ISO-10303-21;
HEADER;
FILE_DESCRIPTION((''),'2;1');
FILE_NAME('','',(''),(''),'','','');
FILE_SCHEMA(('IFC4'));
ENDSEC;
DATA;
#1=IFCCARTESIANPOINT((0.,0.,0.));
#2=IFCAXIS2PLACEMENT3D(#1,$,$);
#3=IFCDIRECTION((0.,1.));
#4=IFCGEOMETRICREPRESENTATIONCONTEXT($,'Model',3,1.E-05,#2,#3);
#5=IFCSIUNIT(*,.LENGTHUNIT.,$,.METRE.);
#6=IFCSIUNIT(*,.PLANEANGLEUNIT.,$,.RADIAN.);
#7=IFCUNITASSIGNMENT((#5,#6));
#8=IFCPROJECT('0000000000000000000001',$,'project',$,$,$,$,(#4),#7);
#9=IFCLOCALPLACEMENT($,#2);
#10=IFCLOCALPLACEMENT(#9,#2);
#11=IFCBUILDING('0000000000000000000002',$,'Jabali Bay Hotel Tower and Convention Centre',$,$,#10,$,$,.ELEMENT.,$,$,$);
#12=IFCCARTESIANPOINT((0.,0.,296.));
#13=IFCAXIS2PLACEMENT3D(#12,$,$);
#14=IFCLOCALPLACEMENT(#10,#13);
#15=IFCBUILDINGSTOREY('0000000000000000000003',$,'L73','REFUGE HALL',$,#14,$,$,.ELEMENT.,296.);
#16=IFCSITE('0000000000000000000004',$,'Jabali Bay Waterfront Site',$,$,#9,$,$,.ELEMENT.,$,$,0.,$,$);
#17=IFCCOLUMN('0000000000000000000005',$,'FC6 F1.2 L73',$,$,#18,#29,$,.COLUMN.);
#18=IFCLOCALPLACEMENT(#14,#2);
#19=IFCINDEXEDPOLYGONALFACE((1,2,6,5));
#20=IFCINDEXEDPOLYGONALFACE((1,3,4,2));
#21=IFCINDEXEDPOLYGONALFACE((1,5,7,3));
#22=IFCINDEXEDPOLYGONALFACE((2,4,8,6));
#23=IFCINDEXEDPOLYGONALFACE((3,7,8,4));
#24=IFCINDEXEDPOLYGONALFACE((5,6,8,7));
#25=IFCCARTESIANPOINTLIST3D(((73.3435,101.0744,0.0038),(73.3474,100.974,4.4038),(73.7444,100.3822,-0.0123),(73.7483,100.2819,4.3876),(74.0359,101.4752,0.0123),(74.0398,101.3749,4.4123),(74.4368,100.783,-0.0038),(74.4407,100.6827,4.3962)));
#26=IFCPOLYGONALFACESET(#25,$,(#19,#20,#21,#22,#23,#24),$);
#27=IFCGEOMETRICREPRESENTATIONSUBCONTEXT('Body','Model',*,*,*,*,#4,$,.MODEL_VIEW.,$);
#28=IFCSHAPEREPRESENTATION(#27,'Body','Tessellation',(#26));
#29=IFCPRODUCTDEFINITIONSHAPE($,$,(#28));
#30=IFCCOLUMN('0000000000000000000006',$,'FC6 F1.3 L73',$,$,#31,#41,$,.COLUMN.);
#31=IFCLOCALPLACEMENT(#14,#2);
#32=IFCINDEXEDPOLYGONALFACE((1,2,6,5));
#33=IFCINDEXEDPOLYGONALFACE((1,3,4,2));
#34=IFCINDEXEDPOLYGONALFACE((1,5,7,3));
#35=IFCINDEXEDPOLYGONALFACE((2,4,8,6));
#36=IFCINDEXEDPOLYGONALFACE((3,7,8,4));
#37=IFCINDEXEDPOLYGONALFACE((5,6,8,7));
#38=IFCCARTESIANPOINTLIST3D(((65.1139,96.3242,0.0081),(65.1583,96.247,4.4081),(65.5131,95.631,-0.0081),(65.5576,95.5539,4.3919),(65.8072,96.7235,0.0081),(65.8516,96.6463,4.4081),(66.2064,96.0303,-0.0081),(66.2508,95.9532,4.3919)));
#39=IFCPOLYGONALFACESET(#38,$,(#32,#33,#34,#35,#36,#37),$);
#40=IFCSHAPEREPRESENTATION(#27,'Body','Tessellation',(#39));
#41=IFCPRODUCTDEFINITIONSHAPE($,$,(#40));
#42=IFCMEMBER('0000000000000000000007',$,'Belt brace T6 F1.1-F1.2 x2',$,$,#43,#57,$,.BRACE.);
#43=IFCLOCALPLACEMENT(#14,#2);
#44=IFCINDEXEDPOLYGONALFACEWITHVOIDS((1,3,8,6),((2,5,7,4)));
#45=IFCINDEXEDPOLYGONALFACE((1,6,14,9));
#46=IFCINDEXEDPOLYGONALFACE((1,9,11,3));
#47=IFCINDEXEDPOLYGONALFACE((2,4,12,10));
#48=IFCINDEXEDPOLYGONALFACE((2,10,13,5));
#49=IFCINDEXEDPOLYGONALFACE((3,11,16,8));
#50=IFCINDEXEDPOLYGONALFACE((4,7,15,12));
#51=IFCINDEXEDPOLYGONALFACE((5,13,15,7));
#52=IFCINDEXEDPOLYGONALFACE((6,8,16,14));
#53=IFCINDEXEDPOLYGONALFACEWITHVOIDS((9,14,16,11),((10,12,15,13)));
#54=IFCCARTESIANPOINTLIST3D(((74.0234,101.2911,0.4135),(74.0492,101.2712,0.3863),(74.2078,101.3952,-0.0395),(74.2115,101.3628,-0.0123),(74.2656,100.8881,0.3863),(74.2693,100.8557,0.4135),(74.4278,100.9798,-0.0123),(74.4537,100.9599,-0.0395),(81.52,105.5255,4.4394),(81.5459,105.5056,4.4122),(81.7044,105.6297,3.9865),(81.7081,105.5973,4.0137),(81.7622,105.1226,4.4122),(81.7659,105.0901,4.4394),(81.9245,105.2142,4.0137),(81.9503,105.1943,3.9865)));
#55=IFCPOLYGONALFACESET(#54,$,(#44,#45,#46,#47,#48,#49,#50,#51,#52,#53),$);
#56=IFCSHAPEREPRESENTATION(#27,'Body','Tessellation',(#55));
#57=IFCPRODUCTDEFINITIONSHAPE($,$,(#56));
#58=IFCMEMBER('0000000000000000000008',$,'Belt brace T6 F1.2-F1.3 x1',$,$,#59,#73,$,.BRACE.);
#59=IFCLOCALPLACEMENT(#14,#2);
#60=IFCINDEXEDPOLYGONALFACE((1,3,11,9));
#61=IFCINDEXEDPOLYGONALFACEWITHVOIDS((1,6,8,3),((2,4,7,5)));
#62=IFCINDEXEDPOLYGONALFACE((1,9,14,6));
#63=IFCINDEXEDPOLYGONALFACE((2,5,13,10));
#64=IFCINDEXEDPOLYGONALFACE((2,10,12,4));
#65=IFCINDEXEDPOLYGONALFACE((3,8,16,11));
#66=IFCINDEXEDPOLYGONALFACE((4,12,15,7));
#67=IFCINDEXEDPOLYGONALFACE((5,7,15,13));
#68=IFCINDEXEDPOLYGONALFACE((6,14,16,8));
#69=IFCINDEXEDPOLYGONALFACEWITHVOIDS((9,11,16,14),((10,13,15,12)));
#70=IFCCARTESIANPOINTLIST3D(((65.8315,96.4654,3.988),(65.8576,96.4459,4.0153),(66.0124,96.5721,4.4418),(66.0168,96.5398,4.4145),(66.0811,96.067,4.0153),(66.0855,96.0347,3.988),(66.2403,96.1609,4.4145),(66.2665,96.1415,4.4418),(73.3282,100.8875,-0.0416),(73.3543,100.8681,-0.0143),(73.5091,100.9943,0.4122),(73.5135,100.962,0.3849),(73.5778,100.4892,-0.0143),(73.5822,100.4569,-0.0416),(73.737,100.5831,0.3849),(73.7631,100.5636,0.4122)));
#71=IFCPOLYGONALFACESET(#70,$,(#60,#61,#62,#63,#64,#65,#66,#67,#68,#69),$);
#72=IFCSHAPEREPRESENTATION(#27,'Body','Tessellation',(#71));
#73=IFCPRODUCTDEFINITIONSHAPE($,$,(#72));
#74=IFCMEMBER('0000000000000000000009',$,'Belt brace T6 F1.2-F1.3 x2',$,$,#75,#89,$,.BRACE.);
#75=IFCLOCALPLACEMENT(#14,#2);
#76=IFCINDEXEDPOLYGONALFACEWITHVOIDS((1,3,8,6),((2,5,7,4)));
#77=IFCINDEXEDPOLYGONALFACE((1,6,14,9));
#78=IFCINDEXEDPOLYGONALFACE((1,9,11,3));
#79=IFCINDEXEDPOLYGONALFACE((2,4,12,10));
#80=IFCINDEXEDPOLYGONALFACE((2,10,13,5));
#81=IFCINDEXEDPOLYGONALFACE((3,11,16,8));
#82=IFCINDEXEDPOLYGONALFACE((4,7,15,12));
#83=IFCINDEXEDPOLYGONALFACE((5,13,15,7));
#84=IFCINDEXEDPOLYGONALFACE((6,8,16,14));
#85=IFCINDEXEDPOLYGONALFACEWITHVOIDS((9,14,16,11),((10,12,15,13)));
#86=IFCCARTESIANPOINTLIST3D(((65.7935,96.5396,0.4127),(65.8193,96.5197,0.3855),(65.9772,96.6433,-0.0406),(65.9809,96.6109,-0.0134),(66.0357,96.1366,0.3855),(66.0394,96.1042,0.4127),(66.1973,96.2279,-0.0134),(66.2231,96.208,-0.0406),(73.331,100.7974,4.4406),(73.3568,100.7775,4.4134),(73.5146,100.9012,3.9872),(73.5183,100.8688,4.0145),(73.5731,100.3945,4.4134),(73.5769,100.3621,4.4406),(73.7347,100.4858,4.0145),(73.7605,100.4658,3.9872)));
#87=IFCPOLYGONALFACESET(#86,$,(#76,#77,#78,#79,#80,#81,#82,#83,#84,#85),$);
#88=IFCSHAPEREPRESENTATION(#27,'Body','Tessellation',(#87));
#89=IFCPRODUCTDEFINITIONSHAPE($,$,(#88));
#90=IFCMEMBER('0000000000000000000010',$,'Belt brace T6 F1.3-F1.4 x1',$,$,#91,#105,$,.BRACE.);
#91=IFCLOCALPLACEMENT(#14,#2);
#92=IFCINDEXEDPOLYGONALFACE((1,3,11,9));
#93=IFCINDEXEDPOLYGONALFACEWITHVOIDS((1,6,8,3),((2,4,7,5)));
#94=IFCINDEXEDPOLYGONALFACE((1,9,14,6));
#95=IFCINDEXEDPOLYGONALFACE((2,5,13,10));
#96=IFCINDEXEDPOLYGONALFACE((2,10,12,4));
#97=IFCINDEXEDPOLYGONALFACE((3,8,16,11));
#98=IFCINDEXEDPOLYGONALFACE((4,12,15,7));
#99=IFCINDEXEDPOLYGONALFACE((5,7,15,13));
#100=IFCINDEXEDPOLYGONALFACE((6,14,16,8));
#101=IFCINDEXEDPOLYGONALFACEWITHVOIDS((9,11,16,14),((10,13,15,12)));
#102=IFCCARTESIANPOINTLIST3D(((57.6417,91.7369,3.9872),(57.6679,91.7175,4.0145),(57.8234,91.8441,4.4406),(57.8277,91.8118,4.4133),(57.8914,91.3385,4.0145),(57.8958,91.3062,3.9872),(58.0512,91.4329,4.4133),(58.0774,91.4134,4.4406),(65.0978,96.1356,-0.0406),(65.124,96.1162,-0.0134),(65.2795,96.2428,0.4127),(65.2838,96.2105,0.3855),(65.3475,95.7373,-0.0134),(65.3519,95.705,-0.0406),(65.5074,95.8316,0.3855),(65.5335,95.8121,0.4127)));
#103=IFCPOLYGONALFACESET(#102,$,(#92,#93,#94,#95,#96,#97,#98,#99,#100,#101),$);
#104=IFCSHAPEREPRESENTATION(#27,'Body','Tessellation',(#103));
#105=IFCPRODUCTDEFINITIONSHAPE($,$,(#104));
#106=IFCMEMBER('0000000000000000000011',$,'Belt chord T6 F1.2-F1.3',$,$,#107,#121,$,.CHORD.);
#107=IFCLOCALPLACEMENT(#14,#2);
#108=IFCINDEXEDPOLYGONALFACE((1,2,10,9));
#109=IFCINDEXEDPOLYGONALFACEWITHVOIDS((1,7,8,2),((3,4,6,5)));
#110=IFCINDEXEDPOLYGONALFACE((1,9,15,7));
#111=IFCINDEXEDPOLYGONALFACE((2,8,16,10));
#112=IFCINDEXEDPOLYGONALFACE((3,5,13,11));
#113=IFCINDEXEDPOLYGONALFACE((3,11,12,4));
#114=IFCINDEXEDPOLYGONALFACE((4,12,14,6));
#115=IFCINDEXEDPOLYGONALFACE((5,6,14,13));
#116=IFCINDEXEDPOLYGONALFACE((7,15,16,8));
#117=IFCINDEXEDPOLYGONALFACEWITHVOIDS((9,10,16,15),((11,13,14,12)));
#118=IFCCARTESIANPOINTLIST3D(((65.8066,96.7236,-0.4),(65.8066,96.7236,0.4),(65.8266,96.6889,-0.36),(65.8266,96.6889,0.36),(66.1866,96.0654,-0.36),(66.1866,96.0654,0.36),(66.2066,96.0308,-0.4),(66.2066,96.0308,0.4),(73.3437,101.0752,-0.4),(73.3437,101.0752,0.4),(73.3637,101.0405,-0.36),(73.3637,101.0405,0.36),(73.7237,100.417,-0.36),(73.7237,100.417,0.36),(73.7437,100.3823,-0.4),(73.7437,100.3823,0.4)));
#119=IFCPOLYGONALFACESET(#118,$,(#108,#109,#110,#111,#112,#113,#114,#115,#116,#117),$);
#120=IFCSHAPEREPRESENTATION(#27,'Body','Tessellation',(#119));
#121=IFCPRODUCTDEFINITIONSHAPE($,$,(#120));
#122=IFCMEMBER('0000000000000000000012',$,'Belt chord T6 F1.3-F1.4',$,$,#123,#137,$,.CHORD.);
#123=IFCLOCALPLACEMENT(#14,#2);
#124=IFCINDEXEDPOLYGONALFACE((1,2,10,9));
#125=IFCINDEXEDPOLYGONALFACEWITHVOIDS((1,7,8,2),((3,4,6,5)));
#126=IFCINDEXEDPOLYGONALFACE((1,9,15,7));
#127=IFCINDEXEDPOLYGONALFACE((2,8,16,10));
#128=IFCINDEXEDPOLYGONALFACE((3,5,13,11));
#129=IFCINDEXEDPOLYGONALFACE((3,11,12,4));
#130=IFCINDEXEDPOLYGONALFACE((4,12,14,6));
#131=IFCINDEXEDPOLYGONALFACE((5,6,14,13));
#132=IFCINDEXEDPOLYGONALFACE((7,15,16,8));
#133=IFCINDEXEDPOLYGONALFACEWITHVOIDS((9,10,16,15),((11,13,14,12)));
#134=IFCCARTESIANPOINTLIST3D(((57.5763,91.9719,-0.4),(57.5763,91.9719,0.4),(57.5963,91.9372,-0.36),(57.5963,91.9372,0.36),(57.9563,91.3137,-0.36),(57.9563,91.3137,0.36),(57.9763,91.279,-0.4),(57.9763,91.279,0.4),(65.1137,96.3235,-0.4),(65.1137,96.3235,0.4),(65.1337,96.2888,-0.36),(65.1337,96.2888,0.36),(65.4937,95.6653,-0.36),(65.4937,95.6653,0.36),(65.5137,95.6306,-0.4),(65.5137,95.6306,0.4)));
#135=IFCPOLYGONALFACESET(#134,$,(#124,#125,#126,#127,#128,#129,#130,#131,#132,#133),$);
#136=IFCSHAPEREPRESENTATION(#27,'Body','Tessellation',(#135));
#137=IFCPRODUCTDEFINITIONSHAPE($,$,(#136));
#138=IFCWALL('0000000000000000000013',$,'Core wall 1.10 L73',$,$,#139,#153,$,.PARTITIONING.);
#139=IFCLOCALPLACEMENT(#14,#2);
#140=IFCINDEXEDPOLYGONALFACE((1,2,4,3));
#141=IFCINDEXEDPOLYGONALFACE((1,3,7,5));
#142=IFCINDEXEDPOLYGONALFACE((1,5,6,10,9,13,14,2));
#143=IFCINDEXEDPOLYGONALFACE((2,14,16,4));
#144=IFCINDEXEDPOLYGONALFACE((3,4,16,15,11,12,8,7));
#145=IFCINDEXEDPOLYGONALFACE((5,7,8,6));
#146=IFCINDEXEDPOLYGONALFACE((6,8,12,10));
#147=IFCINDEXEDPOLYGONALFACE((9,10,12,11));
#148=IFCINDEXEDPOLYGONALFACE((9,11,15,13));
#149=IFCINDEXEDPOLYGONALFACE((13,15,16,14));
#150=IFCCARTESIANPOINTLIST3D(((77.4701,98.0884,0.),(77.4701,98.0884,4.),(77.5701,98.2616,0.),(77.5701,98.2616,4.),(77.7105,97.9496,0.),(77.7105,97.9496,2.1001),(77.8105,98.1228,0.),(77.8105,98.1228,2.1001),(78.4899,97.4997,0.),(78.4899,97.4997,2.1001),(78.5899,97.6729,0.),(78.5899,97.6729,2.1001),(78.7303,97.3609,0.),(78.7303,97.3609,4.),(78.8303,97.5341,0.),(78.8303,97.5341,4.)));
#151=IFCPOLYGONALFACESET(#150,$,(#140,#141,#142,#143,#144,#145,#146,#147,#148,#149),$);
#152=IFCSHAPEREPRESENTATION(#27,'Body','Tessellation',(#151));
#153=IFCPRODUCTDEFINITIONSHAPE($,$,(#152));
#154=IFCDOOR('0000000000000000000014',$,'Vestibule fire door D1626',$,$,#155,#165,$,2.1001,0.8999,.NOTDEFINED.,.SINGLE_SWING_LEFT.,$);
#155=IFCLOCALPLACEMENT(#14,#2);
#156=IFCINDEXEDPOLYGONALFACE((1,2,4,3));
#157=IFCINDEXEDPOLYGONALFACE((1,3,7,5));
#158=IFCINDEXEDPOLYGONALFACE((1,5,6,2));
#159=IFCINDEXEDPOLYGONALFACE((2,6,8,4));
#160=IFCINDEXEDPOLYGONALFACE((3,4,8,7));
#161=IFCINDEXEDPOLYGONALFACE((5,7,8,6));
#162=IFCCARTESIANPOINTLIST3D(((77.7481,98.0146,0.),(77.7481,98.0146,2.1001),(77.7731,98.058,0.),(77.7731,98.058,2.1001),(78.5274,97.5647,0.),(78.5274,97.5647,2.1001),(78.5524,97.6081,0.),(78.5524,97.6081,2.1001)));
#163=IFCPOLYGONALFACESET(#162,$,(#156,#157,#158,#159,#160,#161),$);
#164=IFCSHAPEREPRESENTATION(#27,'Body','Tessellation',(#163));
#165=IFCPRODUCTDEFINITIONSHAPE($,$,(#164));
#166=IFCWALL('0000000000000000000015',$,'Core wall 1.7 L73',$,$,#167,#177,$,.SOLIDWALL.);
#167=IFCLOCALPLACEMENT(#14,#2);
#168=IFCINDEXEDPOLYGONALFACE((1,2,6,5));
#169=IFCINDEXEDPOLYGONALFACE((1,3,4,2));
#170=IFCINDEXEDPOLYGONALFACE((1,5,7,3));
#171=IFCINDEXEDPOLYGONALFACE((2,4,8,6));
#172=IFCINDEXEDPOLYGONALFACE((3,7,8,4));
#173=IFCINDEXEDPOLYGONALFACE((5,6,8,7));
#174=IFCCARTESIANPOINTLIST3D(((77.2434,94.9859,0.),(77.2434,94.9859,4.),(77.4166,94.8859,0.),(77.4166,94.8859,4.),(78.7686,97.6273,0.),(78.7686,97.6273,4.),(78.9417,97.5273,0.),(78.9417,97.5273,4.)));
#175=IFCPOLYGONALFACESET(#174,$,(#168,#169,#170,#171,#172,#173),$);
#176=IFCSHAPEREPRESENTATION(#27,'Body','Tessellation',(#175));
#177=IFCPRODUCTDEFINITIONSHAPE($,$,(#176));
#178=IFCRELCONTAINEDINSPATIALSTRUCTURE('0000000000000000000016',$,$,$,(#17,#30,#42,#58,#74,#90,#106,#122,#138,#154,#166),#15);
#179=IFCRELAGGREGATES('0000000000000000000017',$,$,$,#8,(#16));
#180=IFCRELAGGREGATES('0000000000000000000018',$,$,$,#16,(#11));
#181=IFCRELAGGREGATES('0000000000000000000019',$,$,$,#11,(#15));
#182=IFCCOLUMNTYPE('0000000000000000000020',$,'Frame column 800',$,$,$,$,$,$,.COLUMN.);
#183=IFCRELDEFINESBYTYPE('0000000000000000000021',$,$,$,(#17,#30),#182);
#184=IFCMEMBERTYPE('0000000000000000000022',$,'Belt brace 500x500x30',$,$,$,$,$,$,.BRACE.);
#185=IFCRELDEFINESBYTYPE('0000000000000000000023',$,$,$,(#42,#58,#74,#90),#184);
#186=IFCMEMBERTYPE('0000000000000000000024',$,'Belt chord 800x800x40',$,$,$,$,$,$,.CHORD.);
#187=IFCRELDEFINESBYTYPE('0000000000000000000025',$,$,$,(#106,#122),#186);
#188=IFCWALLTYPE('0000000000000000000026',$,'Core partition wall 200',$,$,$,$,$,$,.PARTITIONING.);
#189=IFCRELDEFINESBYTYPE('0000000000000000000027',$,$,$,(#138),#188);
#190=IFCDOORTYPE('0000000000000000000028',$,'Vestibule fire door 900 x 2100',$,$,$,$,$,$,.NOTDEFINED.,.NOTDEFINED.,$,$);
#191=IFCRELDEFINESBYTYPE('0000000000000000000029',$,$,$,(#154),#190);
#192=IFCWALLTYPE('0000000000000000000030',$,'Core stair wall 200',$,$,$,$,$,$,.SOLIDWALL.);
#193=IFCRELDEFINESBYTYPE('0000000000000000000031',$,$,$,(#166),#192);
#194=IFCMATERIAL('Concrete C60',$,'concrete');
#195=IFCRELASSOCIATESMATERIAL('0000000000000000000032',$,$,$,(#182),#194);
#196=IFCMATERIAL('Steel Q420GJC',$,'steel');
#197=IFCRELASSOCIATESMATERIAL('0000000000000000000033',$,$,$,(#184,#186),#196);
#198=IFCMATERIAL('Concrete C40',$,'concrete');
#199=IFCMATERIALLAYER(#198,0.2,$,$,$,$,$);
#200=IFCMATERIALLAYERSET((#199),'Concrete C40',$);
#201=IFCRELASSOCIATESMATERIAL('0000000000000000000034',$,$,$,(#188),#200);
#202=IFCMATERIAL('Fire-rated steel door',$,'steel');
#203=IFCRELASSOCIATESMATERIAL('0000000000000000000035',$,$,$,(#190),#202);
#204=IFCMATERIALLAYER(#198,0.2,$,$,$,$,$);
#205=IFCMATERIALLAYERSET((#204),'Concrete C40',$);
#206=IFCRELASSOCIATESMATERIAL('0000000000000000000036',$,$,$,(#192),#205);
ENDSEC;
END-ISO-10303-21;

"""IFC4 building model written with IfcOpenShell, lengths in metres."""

from ifc_helpers import new_model, si_unit, direction, frame, frame_2d, origin, origin_2d, place, context, subcontext, project, spatial, rectangle, hollow_rectangle, extrude, material, layer, layer_set, material_profile, profile_set, type_object, element, fill, save


model = new_model("IFC4")

# Units and contexts
model_context = context("Model", 3, precision=1e-05, world=origin(), true_north=direction((0.0, 1.0)))
body_context = subcontext(model_context, "Body", "Model", "MODEL_VIEW")
ifc_project = project(units=[si_unit("LENGTHUNIT", "METRE"), si_unit("PLANEANGLEUNIT", "RADIAN")], contexts=[model_context])

# Site, building, storey
site_placement = place(None, origin())
site = spatial("IfcSite", under=ifc_project, at=site_placement, Name="Jabali Bay Waterfront Site", CompositionType="ELEMENT", RefElevation=0.0)
building_placement = place(site_placement, origin())
building = spatial("IfcBuilding", under=site, at=building_placement, Name="Jabali Bay Hotel Tower and Convention Centre", CompositionType="ELEMENT")
storey_placement = place(building_placement, frame((0.0, 0.0, 296.0)))
storey = spatial("IfcBuildingStorey", under=building, at=storey_placement, Name="L73", Description="REFUGE HALL", CompositionType="ELEMENT", Elevation=296.0)

# Columns
ifc_material_1 = material(Name="Concrete C60", Category="concrete")
ifc_material_profile_1 = material_profile(ifc_material_1, rectangle(XDim=0.8, YDim=0.8, at=origin_2d()), Name="Frame column 800")
ifc_profile_set_1 = profile_set([ifc_material_profile_1], Name="Concrete C60")
column_type = type_object("IfcColumnType", Name="Frame column 800", PredefinedType="COLUMN", material=ifc_profile_set_1)
column_1_placement = place(storey_placement, frame((73.8901, 100.9287, 0.0), z_axis=(0.000888, -0.0228, 0.99974), x_axis=(0.865382, 0.501, 0.010657)))
element("IfcColumn", 1, at=column_1_placement, inside=storey, type_object=column_type, Name="FC6 F1.2 L73", PredefinedType="COLUMN", context=body_context, shape_type="SweptSolid", body=[
    extrude(rectangle(XDim=0.8, YDim=0.8, at=origin_2d()), origin(), (0.0, 0.0, 1.0), 4.4011),
])
column_2_placement = place(storey_placement, frame((65.6602, 96.1772, 0.0), z_axis=(0.010097, -0.017531, 0.999795), x_axis=(0.866545, 0.499099, 0.0)))
element("IfcColumn", 2, at=column_2_placement, inside=storey, type_object=column_type, Name="FC6 F1.3 L73", PredefinedType="COLUMN", context=body_context, shape_type="SweptSolid", body=[
    extrude(rectangle(XDim=0.8, YDim=0.8, at=origin_2d()), origin(), (0.0, 0.0, 1.0), 4.4009),
])

# Members
ifc_material_2 = material(Name="Steel Q420GJC", Category="steel")
ifc_material_profile_2 = material_profile(ifc_material_2, hollow_rectangle(XDim=0.5, YDim=0.5, WallThickness=0.03, at=origin_2d()), Name="Belt brace 500x500x30")
ifc_profile_set_2 = profile_set([ifc_material_profile_2], Name="Steel Q420GJC")
member_type_1 = type_object("IfcMemberType", Name="Belt brace 500x500x30", PredefinedType="BRACE", material=ifc_profile_set_2)
member_1_placement = place(storey_placement, frame((74.2385, 101.1255, 0.187), z_axis=(0.788737, 0.445511, 0.423574), x_axis=(-0.491809, 0.870703, 0.0)))
element("IfcMember", 3, at=member_1_placement, inside=storey, type_object=member_type_1, Name="Belt brace T6 F1.1-F1.2 x2", PredefinedType="BRACE", context=body_context, shape_type="SweptSolid", body=[
    extrude(hollow_rectangle(XDim=0.5, YDim=0.5, WallThickness=0.03, at=origin_2d()), origin(), (0.0, 0.0, 1.0), 9.5046),
])
member_2_placement = place(storey_placement, frame((73.5457, 100.7256, 0.1853), z_axis=(-0.781611, -0.46106, 0.420129), x_axis=(0.508075, -0.861313, 0.0)))
element("IfcMember", 4, at=member_2_placement, inside=storey, type_object=member_type_1, Name="Belt brace T6 F1.2-F1.3 x1", PredefinedType="BRACE", context=body_context, shape_type="SweptSolid", body=[
    extrude(hollow_rectangle(XDim=0.5, YDim=0.5, WallThickness=0.03, at=origin_2d()), origin(), (0.0, 0.0, 1.0), 9.5913),
])
for number, where, z_axis, x_axis, name in (
    (5, (66.0083, 96.3738, 0.186), (0.789418, 0.445938, 0.421851), (-0.491844, 0.870683, 0.0), "Belt brace T6 F1.2-F1.3 x2"),
    (6, (65.3157, 95.9739, 0.186), (-0.780901, -0.460691, 0.42185), (0.508115, -0.861289, 0.0), "Belt brace T6 F1.3-F1.4 x1"),
):
    element("IfcMember", number, at=place(storey_placement, frame(where, z_axis=z_axis, x_axis=x_axis)), inside=storey, type_object=member_type_1, Name=name, PredefinedType="BRACE", context=body_context, shape_type="SweptSolid", body=[
        extrude(hollow_rectangle(XDim=0.5, YDim=0.5, WallThickness=0.03, at=origin_2d()), origin(), (0.0, 0.0, 1.0), 9.5481),
    ])
ifc_material_profile_3 = material_profile(ifc_material_2, hollow_rectangle(XDim=0.8, YDim=0.8, WallThickness=0.04, at=origin_2d()), Name="Belt chord 800x800x40")
ifc_profile_set_3 = profile_set([ifc_material_profile_3], Name="Steel Q420GJC")
member_type_2 = type_object("IfcMemberType", Name="Belt chord 800x800x40", PredefinedType="CHORD", material=ifc_profile_set_3)
member_3_placement = place(storey_placement, frame((73.5437, 100.7288, 0.0), z_axis=(-0.866025, -0.500001, 0.0), x_axis=(0.500001, -0.866025, 0.0)))
element("IfcMember", 7, at=member_3_placement, inside=storey, type_object=member_type_2, Name="Belt chord T6 F1.2-F1.3", PredefinedType="CHORD", context=body_context, shape_type="SweptSolid", body=[
    extrude(hollow_rectangle(XDim=0.8, YDim=0.8, WallThickness=0.04, at=origin_2d()), origin(), (0.0, 0.0, 1.0), 8.7031),
])
member_4_placement = place(storey_placement, frame((65.3137, 95.9771, 0.0), z_axis=(-0.866032, -0.499989, 0.0), x_axis=(0.499989, -0.866032, 0.0)))
element("IfcMember", 8, at=member_4_placement, inside=storey, type_object=member_type_2, Name="Belt chord T6 F1.3-F1.4", PredefinedType="CHORD", context=body_context, shape_type="SweptSolid", body=[
    extrude(hollow_rectangle(XDim=0.8, YDim=0.8, WallThickness=0.04, at=origin_2d()), origin(), (0.0, 0.0, 1.0), 8.7034),
])

# Wall, opening, door
ifc_material_3 = material(Name="Concrete C40", Category="concrete")
ifc_layer_1 = layer(ifc_material_3, 0.2)
ifc_layer_set_1 = layer_set([ifc_layer_1], Name="Concrete C40")
wall_type_1 = type_object("IfcWallType", Name="Core partition wall 200", PredefinedType="PARTITIONING", material=ifc_layer_set_1)
wall_1_placement = place(storey_placement, frame((78.7803, 97.4475, 0.0), z_axis=(0.0, 0.0, 1.0), x_axis=(-0.866046, 0.499965, 0.0)))
wall_1 = element("IfcWall", 9, at=wall_1_placement, inside=storey, type_object=wall_type_1, Name="Core wall 1.10 L73", PredefinedType="PARTITIONING", context=body_context, shape_type="SweptSolid", body=[
    extrude(rectangle(XDim=1.4551, YDim=0.2, at=frame_2d((0.7275, 0.0))), origin(), (0.0, 0.0, 1.0), 4.0),
])
opening_1_placement = place(wall_1_placement, frame((0.2776, 0.0, 0.0)))
opening_1 = element("IfcOpeningElement", 10, at=opening_1_placement, cuts=wall_1, PredefinedType="OPENING", context=body_context, shape_type="SweptSolid", body=[
    extrude(rectangle(XDim=0.8999, YDim=2.1001, at=frame_2d((0.45, 1.05))), frame((0.0, 0.1104, 0.0), z_axis=(0.0, -1.0, 0.0), x_axis=(1.0, 0.0, 0.0)), (0.0, 0.0, 1.0), 0.2209),
])
ifc_material_4 = material(Name="Fire-rated steel door", Category="steel")
door_type_1 = type_object("IfcDoorType", Name="Vestibule fire door 900 x 2100", OperationType="NOTDEFINED", PredefinedType="NOTDEFINED", material=ifc_material_4)
door_1_placement = place(opening_1_placement, origin())
door_1 = element("IfcDoor", 11, at=door_1_placement, inside=storey, type_object=door_type_1, Name="Vestibule fire door D1626", OperationType="SINGLE_SWING_LEFT", OverallHeight=2.1001, OverallWidth=0.8999, PredefinedType="NOTDEFINED", context=body_context, shape_type="SweptSolid", body=[
    extrude(rectangle(XDim=0.8999, YDim=2.1001, at=frame_2d((0.45, 1.05))), frame((0.0, 0.0249, 0.0), z_axis=(0.0, -1.0, 0.0), x_axis=(1.0, 0.0, 0.0)), (0.0, 0.0, 1.0), 0.05),
])
fill(opening_1, door_1)

# Wall
ifc_layer_2 = layer(ifc_material_3, 0.2)
ifc_layer_set_2 = layer_set([ifc_layer_2], Name="Concrete C40")
wall_type_2 = type_object("IfcWallType", Name="Core stair wall 200", PredefinedType="SOLIDWALL", material=ifc_layer_set_2)
wall_2_placement = place(storey_placement, frame((77.3301, 94.936, 0.0), z_axis=(0.0, 0.0, 1.0), x_axis=(0.500039, 0.866003, 0.0)))
element("IfcWall", 12, at=wall_2_placement, inside=storey, type_object=wall_type_2, Name="Core wall 1.7 L73", PredefinedType="SOLIDWALL", context=body_context, shape_type="SweptSolid", body=[
    extrude(rectangle(XDim=3.05, YDim=0.2, at=frame_2d((1.5249, 0.0))), origin(), (0.0, 0.0, 1.0), 4.0),
])

save(model, "model.ifc")
